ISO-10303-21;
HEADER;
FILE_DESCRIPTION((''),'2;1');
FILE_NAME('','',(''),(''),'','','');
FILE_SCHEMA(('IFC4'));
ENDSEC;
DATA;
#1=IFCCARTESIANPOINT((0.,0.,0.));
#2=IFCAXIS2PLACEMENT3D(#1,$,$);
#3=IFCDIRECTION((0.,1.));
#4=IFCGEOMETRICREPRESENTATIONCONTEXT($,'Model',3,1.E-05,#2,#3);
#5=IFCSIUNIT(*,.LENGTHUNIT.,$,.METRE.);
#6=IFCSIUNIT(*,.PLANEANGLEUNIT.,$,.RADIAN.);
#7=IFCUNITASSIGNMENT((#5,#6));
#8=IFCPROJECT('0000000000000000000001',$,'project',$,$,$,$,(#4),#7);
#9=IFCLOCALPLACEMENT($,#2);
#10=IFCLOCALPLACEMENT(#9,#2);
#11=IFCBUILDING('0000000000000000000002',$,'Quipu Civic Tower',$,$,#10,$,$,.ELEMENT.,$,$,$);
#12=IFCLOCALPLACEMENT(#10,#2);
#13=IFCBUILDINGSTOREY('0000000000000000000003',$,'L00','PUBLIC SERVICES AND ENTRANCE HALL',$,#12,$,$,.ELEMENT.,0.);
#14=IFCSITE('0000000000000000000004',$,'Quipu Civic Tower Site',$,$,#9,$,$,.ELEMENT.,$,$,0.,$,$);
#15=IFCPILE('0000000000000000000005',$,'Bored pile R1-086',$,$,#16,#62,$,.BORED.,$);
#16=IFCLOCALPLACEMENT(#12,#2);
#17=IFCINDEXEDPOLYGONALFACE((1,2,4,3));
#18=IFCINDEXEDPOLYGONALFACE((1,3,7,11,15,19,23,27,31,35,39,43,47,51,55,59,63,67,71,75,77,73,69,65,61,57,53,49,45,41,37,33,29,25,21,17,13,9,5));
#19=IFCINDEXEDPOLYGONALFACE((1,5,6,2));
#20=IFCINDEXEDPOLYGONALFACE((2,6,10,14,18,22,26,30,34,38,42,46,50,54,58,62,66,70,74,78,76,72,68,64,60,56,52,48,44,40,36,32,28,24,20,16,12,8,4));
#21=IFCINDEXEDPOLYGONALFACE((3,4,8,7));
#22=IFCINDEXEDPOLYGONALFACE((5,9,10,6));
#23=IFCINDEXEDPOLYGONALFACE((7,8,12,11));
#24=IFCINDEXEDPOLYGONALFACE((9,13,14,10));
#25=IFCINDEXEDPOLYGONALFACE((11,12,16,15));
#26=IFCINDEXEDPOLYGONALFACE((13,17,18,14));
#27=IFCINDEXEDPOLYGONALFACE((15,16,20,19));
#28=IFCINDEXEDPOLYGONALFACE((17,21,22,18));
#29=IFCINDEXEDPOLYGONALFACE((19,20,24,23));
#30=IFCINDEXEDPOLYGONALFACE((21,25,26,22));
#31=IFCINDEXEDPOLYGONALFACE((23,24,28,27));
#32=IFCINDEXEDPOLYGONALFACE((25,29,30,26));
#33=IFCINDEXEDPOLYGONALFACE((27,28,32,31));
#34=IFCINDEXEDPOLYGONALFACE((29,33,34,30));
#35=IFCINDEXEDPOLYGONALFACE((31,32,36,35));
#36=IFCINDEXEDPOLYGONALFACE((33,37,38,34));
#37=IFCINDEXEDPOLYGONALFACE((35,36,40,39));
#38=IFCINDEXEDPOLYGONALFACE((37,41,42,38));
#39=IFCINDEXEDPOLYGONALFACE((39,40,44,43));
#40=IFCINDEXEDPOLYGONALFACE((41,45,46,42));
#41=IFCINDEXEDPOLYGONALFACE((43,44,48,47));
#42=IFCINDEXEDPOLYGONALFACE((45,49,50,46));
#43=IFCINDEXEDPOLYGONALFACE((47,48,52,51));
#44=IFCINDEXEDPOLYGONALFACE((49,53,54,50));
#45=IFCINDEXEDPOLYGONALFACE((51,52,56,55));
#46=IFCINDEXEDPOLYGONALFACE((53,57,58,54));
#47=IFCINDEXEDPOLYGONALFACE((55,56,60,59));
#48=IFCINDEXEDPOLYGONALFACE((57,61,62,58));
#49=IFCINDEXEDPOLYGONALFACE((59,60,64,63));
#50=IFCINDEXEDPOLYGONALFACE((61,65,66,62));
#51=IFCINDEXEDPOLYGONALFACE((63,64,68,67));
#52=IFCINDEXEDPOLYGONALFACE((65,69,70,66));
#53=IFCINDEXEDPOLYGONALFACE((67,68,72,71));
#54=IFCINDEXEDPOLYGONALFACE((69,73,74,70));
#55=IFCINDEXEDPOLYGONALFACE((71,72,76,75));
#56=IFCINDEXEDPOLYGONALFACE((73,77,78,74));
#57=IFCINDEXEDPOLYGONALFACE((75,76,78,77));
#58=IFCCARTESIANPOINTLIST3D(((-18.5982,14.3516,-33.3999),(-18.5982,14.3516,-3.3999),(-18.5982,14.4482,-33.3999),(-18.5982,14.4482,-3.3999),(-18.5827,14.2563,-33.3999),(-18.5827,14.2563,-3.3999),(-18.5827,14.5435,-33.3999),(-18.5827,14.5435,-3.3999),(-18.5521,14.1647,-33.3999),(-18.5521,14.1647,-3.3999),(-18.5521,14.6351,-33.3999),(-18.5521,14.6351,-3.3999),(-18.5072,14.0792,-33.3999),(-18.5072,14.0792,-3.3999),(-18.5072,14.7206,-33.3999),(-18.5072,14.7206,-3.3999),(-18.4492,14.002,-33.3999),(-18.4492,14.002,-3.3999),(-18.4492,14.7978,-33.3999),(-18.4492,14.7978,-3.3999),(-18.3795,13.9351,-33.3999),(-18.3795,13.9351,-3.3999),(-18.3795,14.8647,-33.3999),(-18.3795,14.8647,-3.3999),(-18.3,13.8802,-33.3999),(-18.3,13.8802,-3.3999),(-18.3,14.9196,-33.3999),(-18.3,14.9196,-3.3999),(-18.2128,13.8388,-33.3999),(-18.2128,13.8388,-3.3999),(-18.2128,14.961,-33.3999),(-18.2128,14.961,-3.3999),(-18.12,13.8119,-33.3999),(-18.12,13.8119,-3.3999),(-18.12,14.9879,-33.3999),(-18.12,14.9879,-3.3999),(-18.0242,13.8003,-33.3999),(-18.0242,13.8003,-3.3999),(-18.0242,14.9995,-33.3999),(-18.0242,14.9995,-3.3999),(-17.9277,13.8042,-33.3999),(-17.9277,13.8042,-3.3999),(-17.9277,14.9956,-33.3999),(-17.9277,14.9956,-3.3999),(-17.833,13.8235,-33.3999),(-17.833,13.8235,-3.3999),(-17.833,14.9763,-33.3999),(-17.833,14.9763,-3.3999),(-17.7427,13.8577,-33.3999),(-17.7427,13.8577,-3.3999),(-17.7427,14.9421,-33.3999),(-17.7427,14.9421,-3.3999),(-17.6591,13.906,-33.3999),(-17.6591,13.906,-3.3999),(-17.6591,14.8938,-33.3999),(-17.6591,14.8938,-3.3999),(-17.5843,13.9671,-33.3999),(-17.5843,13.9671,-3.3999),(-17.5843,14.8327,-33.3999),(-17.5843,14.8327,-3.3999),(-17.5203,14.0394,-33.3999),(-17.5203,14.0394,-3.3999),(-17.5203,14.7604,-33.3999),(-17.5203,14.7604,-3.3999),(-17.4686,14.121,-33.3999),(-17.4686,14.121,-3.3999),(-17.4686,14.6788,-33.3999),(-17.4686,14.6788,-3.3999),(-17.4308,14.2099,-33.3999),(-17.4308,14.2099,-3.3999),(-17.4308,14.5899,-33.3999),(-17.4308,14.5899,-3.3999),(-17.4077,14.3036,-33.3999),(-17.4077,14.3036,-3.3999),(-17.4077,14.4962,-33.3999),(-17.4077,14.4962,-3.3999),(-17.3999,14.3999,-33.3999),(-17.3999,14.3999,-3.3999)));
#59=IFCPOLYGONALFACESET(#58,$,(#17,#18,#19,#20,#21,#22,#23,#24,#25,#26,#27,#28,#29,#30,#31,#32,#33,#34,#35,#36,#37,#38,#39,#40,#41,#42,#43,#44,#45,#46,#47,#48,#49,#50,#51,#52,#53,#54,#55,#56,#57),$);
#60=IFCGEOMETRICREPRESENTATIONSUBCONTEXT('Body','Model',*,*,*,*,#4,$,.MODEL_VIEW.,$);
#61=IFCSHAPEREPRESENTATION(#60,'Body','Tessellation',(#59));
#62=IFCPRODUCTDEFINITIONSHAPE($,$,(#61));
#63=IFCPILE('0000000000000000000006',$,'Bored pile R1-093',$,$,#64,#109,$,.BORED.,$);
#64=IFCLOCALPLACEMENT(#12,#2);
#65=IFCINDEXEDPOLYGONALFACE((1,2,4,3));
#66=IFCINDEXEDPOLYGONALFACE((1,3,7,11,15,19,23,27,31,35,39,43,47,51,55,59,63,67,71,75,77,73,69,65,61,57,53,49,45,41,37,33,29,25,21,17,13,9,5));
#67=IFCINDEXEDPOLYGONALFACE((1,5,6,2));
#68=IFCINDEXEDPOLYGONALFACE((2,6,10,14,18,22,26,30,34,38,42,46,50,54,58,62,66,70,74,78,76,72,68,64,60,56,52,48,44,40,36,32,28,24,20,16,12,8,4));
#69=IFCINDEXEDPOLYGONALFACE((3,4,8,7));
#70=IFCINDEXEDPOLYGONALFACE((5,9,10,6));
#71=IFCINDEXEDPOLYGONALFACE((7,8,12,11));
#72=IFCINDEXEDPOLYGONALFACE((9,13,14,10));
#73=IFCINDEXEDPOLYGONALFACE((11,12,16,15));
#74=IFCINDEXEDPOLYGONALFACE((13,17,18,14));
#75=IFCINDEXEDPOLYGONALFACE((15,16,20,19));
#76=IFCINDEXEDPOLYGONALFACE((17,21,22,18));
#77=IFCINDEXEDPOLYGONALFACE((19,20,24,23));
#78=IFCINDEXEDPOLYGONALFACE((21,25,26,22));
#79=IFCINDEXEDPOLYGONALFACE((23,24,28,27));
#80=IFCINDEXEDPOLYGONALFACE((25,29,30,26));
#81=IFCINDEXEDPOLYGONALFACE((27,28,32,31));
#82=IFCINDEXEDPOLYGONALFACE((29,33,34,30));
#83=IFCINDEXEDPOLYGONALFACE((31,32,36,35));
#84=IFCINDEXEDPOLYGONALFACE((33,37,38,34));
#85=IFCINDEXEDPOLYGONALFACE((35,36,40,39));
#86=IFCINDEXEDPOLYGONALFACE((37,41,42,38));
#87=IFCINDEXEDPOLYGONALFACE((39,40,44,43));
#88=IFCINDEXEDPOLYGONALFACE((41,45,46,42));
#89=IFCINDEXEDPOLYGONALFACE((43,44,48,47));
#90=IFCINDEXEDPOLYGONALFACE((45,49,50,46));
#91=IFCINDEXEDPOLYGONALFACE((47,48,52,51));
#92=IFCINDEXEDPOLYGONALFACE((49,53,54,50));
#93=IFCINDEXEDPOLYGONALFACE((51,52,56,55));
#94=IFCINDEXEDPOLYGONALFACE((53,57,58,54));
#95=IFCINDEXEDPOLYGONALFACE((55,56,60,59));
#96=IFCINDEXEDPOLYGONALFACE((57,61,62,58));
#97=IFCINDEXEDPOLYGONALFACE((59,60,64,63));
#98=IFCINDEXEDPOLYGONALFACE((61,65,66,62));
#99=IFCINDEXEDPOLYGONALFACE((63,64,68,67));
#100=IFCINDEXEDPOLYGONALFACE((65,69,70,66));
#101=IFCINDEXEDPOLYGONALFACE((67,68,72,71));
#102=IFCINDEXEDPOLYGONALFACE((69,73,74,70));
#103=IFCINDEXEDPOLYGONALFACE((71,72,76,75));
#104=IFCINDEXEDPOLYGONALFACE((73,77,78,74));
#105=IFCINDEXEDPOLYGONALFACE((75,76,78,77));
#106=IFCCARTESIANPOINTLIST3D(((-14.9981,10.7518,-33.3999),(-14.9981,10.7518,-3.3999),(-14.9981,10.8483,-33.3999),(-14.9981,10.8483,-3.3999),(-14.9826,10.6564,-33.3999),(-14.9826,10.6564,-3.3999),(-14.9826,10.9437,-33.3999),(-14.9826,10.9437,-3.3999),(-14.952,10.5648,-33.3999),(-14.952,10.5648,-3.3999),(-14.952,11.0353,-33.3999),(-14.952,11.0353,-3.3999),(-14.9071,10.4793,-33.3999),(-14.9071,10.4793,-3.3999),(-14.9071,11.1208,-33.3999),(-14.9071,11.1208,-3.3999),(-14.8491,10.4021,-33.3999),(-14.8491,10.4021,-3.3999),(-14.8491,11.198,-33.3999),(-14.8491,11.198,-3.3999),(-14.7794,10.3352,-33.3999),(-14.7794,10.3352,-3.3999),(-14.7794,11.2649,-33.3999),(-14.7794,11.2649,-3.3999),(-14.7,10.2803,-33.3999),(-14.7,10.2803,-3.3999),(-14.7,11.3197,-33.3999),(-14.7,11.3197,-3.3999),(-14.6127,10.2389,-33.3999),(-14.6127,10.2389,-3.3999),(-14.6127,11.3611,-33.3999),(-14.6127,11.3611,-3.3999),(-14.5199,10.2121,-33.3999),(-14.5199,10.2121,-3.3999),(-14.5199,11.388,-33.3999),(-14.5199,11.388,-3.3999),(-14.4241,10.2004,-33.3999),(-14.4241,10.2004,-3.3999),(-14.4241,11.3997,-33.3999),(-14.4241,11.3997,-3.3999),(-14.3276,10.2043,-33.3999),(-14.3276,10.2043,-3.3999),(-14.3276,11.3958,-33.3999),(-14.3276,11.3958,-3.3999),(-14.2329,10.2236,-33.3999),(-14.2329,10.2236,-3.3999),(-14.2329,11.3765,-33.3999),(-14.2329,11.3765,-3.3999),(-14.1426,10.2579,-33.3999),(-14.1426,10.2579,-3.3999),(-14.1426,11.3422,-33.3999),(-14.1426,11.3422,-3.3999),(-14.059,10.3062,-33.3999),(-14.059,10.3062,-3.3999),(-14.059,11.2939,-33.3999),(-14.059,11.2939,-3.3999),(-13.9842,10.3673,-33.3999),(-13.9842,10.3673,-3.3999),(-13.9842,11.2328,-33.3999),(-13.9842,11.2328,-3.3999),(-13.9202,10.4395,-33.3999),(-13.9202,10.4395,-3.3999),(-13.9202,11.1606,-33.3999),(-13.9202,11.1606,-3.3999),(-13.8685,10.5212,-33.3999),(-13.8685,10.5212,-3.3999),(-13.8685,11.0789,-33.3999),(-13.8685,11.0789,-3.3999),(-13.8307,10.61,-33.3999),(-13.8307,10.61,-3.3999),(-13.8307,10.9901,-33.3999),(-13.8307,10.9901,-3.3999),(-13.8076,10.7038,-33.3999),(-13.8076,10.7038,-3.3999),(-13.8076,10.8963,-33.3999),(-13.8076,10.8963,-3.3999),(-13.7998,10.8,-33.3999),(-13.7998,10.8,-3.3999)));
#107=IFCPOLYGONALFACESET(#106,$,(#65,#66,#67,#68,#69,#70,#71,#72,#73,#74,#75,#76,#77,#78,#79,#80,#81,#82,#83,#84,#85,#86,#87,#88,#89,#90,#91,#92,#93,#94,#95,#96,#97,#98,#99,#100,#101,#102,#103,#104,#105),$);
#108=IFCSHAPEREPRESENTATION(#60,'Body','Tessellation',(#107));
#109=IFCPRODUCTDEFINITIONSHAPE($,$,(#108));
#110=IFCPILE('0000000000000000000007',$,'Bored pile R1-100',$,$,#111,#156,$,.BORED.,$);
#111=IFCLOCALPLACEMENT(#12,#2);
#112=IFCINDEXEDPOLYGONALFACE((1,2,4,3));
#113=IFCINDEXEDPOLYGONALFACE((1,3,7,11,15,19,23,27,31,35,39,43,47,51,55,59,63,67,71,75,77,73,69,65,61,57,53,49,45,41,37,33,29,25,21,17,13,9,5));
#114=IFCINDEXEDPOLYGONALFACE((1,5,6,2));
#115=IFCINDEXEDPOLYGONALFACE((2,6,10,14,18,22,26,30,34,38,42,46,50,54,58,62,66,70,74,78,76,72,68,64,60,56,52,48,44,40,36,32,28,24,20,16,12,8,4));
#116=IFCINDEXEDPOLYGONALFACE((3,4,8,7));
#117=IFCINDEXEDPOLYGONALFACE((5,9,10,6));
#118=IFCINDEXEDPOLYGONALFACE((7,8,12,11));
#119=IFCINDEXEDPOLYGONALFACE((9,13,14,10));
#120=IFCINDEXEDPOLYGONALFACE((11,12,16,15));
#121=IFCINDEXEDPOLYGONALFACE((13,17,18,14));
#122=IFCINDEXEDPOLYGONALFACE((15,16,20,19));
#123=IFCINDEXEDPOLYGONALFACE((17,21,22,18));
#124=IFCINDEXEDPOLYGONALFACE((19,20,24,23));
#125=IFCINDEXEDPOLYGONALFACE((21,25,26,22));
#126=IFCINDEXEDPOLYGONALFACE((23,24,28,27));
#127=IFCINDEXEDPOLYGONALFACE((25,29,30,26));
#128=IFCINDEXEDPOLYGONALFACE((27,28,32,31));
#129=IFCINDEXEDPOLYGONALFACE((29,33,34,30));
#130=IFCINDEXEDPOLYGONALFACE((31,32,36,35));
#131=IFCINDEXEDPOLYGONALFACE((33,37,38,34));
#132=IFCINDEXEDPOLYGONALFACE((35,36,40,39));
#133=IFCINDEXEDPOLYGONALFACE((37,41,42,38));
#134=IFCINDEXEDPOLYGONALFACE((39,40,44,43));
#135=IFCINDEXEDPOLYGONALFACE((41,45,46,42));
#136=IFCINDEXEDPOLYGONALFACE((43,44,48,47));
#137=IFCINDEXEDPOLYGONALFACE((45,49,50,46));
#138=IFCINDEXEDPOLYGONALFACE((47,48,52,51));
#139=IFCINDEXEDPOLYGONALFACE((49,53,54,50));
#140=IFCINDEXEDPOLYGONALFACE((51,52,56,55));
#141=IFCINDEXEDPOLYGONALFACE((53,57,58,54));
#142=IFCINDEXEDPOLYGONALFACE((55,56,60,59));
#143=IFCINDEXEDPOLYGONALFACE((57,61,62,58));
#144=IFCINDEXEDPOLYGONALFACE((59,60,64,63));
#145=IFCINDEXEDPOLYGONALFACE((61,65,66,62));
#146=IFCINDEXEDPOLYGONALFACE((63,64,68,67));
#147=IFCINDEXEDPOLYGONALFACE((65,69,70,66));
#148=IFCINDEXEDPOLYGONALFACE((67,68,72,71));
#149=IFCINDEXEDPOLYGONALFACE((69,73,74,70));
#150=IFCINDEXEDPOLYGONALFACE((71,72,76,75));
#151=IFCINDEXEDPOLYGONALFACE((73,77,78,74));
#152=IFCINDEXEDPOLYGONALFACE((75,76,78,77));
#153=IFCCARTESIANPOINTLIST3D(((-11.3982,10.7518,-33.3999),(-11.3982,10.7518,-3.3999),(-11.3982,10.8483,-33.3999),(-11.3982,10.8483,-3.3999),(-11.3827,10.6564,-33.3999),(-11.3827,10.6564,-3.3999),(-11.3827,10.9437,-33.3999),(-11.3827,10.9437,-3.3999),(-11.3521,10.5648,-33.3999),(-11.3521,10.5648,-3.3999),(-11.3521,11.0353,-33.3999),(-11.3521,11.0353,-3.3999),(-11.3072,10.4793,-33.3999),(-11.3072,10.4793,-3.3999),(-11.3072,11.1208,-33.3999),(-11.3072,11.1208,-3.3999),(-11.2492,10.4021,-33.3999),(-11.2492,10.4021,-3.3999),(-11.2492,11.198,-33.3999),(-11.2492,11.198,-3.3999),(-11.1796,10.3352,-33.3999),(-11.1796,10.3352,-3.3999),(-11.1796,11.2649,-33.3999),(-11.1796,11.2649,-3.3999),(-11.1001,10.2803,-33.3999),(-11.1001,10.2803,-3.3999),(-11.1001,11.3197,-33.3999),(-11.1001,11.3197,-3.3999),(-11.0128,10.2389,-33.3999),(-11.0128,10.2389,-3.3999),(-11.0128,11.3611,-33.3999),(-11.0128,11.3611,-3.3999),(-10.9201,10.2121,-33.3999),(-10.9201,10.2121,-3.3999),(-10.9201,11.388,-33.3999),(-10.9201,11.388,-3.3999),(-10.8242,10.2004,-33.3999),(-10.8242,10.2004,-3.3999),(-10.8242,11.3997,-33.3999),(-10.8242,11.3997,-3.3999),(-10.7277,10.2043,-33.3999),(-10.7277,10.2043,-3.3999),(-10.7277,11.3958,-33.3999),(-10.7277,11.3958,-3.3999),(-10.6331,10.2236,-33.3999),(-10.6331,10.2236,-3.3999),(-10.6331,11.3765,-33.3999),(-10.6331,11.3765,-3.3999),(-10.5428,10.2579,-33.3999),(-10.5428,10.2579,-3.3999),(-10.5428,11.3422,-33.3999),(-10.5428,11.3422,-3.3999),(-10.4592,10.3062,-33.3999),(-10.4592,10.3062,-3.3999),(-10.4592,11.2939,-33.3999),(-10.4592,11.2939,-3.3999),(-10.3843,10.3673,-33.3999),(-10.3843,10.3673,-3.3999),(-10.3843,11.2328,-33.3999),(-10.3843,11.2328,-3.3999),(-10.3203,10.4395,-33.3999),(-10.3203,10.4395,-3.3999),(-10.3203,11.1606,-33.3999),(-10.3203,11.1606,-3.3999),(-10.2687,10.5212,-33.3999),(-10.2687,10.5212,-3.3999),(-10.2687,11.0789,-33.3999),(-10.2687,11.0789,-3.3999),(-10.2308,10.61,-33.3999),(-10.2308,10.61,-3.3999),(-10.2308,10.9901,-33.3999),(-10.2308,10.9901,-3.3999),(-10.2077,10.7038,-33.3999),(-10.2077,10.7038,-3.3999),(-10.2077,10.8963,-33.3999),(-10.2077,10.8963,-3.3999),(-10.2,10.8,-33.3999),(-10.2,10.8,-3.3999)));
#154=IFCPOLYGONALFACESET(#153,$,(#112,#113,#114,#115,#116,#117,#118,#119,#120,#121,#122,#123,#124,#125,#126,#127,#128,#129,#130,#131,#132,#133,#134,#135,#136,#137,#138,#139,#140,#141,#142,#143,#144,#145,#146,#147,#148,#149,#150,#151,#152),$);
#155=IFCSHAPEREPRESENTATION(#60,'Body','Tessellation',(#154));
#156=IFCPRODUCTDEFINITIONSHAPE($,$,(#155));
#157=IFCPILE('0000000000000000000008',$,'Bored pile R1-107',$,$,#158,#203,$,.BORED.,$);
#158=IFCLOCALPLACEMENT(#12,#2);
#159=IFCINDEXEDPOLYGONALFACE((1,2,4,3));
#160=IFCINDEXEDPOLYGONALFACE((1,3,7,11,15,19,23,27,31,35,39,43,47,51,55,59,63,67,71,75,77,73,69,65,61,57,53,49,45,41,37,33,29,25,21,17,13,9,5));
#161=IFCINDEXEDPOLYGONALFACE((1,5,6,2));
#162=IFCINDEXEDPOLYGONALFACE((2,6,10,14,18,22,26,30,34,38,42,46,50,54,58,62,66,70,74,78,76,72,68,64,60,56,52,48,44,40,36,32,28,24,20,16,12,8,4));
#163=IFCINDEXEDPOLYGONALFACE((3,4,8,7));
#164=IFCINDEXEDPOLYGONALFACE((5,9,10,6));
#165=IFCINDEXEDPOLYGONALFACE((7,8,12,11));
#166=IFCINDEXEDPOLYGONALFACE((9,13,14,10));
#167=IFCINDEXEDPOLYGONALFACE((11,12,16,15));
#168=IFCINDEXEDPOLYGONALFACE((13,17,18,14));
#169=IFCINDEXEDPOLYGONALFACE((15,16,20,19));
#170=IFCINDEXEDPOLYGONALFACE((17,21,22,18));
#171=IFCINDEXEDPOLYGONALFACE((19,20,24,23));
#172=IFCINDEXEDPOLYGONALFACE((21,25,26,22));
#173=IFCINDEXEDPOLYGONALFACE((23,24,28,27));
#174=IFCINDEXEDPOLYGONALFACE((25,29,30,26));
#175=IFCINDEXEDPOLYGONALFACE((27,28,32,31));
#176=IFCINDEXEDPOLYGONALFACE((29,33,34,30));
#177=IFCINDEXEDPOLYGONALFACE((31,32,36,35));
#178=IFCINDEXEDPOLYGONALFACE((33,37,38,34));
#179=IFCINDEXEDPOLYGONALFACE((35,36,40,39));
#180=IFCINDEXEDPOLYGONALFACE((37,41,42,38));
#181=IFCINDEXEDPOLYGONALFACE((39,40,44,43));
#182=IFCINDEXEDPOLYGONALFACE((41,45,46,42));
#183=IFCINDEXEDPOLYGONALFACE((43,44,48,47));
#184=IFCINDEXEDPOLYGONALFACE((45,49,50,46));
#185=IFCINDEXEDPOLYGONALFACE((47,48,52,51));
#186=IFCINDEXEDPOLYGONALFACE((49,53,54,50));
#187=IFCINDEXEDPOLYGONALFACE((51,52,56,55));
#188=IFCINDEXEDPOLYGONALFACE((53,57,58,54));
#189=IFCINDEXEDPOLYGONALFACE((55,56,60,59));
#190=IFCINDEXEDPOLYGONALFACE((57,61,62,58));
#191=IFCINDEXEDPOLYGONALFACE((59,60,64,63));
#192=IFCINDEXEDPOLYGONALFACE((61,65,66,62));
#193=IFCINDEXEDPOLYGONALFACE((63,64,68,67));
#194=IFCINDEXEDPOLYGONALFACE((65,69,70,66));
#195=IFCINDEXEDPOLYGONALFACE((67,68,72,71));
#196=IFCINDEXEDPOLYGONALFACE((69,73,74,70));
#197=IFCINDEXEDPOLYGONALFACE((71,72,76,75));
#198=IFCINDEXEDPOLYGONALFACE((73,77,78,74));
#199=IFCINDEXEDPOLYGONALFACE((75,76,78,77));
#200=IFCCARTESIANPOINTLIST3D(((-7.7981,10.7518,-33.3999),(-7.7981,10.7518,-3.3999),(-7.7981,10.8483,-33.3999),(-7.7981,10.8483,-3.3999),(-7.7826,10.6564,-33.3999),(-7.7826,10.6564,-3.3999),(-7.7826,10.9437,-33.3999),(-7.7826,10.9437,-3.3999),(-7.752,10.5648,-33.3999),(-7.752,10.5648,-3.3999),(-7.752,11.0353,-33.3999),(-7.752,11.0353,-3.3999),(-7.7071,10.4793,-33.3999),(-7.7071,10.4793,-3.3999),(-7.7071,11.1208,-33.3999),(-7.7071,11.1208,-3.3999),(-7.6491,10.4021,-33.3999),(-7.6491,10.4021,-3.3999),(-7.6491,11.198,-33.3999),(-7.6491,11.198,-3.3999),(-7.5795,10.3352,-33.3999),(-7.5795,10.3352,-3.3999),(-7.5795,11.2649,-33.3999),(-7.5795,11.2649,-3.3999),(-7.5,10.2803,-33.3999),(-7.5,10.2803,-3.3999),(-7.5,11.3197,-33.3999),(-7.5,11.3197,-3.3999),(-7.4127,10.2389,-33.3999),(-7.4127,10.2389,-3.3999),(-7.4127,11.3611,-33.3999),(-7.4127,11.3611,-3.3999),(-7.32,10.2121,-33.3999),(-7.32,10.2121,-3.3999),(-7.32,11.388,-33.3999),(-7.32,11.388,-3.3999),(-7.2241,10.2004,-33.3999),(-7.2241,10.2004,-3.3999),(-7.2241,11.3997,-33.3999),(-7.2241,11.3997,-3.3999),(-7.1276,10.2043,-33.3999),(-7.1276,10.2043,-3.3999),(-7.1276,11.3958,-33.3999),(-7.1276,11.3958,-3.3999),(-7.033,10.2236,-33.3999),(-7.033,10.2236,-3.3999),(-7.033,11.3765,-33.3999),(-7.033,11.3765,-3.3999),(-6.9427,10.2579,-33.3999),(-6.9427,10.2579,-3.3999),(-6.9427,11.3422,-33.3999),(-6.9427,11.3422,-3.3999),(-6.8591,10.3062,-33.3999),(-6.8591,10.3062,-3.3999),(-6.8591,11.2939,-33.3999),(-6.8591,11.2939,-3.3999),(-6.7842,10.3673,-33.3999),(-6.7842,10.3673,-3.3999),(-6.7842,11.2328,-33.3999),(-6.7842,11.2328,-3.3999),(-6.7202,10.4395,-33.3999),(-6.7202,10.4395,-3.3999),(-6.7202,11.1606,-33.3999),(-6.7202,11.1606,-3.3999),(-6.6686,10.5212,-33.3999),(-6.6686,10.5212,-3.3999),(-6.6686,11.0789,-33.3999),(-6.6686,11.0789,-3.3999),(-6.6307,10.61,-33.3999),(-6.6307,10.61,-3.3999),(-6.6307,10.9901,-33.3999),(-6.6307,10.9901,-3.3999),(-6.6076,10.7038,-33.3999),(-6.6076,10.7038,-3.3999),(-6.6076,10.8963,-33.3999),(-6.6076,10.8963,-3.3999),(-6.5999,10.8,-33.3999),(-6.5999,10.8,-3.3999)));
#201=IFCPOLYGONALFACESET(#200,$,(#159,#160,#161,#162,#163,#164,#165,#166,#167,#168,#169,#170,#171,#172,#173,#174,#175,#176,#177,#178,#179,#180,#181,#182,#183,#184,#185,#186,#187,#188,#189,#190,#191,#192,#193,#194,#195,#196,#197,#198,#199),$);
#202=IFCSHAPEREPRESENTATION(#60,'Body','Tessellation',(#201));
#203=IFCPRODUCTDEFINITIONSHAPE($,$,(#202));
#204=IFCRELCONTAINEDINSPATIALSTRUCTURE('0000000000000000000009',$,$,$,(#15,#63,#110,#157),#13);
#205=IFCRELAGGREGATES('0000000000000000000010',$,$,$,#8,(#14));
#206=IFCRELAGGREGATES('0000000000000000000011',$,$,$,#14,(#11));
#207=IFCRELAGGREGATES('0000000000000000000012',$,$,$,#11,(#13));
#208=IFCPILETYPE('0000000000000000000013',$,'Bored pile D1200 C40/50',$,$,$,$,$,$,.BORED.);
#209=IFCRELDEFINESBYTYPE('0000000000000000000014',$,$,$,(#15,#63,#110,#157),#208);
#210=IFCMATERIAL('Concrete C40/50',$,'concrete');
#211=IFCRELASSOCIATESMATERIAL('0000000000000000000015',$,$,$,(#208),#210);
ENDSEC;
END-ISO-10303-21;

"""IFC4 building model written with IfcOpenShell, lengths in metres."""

from ifc_helpers import new_model, si_unit, direction, frame, origin, origin_2d, place, context, subcontext, project, spatial, circle, extrude, material, material_profile, profile_set, type_object, element, save


model = new_model("IFC4")

# Units and contexts
model_context = context("Model", 3, precision=1e-05, world=origin(), true_north=direction((0.0, 1.0)))
body_context = subcontext(model_context, "Body", "Model", "MODEL_VIEW")
ifc_project = project(units=[si_unit("LENGTHUNIT", "METRE"), si_unit("PLANEANGLEUNIT", "RADIAN")], contexts=[model_context])

# Site, building, storey
site_placement = place(None, origin())
site = spatial("IfcSite", under=ifc_project, at=site_placement, Name="Quipu Civic Tower Site", CompositionType="ELEMENT", RefElevation=0.0)
building_placement = place(site_placement, origin())
building = spatial("IfcBuilding", under=site, at=building_placement, Name="Quipu Civic Tower", CompositionType="ELEMENT")
storey_placement = place(building_placement, origin())
storey = spatial("IfcBuildingStorey", under=building, at=storey_placement, Name="L00", Description="PUBLIC SERVICES AND ENTRANCE HALL", CompositionType="ELEMENT", Elevation=0.0)

# Piles
ifc_material_1 = material(Name="Concrete C40/50", Category="concrete")
ifc_material_profile_1 = material_profile(ifc_material_1, circle(Radius=0.6001, at=origin_2d()), Name="RCD1200")
ifc_profile_set_1 = profile_set([ifc_material_profile_1], Name="Concrete C40/50")
pile_type_1 = type_object("IfcPileType", Name="Bored pile D1200 C40/50", PredefinedType="BORED", material=ifc_profile_set_1)
for number, where, z_axis, x_axis, name in (
    (1, (-18.0, 14.3999, -3.3999), (0.0, 0.0, -1.0), (1.0, 0.0, 0.0), "Bored pile R1-086"),
    (2, (-14.3999, 10.8, -3.3999), (0.0, 0.0, -1.0), (1.0, 0.0, 0.0), "Bored pile R1-093"),
    (3, (-10.8, 10.8, -3.3999), (0.0, 0.0, -1.0), (1.0, 0.0, 0.0), "Bored pile R1-100"),
    (4, (-7.2, 10.8, -3.3999), (0.0, 0.0, -1.0), (1.0, 0.0, 0.0), "Bored pile R1-107"),
):
    element("IfcPile", number, at=place(storey_placement, frame(where, z_axis=z_axis, x_axis=x_axis)), inside=storey, type_object=pile_type_1, Name=name, PredefinedType="BORED", context=body_context, shape_type="SweptSolid", body=[
        extrude(circle(Radius=0.6001, at=origin_2d()), origin(), (0.0, 0.0, 1.0), 30.0),
    ])

save(model, "model.ifc")
